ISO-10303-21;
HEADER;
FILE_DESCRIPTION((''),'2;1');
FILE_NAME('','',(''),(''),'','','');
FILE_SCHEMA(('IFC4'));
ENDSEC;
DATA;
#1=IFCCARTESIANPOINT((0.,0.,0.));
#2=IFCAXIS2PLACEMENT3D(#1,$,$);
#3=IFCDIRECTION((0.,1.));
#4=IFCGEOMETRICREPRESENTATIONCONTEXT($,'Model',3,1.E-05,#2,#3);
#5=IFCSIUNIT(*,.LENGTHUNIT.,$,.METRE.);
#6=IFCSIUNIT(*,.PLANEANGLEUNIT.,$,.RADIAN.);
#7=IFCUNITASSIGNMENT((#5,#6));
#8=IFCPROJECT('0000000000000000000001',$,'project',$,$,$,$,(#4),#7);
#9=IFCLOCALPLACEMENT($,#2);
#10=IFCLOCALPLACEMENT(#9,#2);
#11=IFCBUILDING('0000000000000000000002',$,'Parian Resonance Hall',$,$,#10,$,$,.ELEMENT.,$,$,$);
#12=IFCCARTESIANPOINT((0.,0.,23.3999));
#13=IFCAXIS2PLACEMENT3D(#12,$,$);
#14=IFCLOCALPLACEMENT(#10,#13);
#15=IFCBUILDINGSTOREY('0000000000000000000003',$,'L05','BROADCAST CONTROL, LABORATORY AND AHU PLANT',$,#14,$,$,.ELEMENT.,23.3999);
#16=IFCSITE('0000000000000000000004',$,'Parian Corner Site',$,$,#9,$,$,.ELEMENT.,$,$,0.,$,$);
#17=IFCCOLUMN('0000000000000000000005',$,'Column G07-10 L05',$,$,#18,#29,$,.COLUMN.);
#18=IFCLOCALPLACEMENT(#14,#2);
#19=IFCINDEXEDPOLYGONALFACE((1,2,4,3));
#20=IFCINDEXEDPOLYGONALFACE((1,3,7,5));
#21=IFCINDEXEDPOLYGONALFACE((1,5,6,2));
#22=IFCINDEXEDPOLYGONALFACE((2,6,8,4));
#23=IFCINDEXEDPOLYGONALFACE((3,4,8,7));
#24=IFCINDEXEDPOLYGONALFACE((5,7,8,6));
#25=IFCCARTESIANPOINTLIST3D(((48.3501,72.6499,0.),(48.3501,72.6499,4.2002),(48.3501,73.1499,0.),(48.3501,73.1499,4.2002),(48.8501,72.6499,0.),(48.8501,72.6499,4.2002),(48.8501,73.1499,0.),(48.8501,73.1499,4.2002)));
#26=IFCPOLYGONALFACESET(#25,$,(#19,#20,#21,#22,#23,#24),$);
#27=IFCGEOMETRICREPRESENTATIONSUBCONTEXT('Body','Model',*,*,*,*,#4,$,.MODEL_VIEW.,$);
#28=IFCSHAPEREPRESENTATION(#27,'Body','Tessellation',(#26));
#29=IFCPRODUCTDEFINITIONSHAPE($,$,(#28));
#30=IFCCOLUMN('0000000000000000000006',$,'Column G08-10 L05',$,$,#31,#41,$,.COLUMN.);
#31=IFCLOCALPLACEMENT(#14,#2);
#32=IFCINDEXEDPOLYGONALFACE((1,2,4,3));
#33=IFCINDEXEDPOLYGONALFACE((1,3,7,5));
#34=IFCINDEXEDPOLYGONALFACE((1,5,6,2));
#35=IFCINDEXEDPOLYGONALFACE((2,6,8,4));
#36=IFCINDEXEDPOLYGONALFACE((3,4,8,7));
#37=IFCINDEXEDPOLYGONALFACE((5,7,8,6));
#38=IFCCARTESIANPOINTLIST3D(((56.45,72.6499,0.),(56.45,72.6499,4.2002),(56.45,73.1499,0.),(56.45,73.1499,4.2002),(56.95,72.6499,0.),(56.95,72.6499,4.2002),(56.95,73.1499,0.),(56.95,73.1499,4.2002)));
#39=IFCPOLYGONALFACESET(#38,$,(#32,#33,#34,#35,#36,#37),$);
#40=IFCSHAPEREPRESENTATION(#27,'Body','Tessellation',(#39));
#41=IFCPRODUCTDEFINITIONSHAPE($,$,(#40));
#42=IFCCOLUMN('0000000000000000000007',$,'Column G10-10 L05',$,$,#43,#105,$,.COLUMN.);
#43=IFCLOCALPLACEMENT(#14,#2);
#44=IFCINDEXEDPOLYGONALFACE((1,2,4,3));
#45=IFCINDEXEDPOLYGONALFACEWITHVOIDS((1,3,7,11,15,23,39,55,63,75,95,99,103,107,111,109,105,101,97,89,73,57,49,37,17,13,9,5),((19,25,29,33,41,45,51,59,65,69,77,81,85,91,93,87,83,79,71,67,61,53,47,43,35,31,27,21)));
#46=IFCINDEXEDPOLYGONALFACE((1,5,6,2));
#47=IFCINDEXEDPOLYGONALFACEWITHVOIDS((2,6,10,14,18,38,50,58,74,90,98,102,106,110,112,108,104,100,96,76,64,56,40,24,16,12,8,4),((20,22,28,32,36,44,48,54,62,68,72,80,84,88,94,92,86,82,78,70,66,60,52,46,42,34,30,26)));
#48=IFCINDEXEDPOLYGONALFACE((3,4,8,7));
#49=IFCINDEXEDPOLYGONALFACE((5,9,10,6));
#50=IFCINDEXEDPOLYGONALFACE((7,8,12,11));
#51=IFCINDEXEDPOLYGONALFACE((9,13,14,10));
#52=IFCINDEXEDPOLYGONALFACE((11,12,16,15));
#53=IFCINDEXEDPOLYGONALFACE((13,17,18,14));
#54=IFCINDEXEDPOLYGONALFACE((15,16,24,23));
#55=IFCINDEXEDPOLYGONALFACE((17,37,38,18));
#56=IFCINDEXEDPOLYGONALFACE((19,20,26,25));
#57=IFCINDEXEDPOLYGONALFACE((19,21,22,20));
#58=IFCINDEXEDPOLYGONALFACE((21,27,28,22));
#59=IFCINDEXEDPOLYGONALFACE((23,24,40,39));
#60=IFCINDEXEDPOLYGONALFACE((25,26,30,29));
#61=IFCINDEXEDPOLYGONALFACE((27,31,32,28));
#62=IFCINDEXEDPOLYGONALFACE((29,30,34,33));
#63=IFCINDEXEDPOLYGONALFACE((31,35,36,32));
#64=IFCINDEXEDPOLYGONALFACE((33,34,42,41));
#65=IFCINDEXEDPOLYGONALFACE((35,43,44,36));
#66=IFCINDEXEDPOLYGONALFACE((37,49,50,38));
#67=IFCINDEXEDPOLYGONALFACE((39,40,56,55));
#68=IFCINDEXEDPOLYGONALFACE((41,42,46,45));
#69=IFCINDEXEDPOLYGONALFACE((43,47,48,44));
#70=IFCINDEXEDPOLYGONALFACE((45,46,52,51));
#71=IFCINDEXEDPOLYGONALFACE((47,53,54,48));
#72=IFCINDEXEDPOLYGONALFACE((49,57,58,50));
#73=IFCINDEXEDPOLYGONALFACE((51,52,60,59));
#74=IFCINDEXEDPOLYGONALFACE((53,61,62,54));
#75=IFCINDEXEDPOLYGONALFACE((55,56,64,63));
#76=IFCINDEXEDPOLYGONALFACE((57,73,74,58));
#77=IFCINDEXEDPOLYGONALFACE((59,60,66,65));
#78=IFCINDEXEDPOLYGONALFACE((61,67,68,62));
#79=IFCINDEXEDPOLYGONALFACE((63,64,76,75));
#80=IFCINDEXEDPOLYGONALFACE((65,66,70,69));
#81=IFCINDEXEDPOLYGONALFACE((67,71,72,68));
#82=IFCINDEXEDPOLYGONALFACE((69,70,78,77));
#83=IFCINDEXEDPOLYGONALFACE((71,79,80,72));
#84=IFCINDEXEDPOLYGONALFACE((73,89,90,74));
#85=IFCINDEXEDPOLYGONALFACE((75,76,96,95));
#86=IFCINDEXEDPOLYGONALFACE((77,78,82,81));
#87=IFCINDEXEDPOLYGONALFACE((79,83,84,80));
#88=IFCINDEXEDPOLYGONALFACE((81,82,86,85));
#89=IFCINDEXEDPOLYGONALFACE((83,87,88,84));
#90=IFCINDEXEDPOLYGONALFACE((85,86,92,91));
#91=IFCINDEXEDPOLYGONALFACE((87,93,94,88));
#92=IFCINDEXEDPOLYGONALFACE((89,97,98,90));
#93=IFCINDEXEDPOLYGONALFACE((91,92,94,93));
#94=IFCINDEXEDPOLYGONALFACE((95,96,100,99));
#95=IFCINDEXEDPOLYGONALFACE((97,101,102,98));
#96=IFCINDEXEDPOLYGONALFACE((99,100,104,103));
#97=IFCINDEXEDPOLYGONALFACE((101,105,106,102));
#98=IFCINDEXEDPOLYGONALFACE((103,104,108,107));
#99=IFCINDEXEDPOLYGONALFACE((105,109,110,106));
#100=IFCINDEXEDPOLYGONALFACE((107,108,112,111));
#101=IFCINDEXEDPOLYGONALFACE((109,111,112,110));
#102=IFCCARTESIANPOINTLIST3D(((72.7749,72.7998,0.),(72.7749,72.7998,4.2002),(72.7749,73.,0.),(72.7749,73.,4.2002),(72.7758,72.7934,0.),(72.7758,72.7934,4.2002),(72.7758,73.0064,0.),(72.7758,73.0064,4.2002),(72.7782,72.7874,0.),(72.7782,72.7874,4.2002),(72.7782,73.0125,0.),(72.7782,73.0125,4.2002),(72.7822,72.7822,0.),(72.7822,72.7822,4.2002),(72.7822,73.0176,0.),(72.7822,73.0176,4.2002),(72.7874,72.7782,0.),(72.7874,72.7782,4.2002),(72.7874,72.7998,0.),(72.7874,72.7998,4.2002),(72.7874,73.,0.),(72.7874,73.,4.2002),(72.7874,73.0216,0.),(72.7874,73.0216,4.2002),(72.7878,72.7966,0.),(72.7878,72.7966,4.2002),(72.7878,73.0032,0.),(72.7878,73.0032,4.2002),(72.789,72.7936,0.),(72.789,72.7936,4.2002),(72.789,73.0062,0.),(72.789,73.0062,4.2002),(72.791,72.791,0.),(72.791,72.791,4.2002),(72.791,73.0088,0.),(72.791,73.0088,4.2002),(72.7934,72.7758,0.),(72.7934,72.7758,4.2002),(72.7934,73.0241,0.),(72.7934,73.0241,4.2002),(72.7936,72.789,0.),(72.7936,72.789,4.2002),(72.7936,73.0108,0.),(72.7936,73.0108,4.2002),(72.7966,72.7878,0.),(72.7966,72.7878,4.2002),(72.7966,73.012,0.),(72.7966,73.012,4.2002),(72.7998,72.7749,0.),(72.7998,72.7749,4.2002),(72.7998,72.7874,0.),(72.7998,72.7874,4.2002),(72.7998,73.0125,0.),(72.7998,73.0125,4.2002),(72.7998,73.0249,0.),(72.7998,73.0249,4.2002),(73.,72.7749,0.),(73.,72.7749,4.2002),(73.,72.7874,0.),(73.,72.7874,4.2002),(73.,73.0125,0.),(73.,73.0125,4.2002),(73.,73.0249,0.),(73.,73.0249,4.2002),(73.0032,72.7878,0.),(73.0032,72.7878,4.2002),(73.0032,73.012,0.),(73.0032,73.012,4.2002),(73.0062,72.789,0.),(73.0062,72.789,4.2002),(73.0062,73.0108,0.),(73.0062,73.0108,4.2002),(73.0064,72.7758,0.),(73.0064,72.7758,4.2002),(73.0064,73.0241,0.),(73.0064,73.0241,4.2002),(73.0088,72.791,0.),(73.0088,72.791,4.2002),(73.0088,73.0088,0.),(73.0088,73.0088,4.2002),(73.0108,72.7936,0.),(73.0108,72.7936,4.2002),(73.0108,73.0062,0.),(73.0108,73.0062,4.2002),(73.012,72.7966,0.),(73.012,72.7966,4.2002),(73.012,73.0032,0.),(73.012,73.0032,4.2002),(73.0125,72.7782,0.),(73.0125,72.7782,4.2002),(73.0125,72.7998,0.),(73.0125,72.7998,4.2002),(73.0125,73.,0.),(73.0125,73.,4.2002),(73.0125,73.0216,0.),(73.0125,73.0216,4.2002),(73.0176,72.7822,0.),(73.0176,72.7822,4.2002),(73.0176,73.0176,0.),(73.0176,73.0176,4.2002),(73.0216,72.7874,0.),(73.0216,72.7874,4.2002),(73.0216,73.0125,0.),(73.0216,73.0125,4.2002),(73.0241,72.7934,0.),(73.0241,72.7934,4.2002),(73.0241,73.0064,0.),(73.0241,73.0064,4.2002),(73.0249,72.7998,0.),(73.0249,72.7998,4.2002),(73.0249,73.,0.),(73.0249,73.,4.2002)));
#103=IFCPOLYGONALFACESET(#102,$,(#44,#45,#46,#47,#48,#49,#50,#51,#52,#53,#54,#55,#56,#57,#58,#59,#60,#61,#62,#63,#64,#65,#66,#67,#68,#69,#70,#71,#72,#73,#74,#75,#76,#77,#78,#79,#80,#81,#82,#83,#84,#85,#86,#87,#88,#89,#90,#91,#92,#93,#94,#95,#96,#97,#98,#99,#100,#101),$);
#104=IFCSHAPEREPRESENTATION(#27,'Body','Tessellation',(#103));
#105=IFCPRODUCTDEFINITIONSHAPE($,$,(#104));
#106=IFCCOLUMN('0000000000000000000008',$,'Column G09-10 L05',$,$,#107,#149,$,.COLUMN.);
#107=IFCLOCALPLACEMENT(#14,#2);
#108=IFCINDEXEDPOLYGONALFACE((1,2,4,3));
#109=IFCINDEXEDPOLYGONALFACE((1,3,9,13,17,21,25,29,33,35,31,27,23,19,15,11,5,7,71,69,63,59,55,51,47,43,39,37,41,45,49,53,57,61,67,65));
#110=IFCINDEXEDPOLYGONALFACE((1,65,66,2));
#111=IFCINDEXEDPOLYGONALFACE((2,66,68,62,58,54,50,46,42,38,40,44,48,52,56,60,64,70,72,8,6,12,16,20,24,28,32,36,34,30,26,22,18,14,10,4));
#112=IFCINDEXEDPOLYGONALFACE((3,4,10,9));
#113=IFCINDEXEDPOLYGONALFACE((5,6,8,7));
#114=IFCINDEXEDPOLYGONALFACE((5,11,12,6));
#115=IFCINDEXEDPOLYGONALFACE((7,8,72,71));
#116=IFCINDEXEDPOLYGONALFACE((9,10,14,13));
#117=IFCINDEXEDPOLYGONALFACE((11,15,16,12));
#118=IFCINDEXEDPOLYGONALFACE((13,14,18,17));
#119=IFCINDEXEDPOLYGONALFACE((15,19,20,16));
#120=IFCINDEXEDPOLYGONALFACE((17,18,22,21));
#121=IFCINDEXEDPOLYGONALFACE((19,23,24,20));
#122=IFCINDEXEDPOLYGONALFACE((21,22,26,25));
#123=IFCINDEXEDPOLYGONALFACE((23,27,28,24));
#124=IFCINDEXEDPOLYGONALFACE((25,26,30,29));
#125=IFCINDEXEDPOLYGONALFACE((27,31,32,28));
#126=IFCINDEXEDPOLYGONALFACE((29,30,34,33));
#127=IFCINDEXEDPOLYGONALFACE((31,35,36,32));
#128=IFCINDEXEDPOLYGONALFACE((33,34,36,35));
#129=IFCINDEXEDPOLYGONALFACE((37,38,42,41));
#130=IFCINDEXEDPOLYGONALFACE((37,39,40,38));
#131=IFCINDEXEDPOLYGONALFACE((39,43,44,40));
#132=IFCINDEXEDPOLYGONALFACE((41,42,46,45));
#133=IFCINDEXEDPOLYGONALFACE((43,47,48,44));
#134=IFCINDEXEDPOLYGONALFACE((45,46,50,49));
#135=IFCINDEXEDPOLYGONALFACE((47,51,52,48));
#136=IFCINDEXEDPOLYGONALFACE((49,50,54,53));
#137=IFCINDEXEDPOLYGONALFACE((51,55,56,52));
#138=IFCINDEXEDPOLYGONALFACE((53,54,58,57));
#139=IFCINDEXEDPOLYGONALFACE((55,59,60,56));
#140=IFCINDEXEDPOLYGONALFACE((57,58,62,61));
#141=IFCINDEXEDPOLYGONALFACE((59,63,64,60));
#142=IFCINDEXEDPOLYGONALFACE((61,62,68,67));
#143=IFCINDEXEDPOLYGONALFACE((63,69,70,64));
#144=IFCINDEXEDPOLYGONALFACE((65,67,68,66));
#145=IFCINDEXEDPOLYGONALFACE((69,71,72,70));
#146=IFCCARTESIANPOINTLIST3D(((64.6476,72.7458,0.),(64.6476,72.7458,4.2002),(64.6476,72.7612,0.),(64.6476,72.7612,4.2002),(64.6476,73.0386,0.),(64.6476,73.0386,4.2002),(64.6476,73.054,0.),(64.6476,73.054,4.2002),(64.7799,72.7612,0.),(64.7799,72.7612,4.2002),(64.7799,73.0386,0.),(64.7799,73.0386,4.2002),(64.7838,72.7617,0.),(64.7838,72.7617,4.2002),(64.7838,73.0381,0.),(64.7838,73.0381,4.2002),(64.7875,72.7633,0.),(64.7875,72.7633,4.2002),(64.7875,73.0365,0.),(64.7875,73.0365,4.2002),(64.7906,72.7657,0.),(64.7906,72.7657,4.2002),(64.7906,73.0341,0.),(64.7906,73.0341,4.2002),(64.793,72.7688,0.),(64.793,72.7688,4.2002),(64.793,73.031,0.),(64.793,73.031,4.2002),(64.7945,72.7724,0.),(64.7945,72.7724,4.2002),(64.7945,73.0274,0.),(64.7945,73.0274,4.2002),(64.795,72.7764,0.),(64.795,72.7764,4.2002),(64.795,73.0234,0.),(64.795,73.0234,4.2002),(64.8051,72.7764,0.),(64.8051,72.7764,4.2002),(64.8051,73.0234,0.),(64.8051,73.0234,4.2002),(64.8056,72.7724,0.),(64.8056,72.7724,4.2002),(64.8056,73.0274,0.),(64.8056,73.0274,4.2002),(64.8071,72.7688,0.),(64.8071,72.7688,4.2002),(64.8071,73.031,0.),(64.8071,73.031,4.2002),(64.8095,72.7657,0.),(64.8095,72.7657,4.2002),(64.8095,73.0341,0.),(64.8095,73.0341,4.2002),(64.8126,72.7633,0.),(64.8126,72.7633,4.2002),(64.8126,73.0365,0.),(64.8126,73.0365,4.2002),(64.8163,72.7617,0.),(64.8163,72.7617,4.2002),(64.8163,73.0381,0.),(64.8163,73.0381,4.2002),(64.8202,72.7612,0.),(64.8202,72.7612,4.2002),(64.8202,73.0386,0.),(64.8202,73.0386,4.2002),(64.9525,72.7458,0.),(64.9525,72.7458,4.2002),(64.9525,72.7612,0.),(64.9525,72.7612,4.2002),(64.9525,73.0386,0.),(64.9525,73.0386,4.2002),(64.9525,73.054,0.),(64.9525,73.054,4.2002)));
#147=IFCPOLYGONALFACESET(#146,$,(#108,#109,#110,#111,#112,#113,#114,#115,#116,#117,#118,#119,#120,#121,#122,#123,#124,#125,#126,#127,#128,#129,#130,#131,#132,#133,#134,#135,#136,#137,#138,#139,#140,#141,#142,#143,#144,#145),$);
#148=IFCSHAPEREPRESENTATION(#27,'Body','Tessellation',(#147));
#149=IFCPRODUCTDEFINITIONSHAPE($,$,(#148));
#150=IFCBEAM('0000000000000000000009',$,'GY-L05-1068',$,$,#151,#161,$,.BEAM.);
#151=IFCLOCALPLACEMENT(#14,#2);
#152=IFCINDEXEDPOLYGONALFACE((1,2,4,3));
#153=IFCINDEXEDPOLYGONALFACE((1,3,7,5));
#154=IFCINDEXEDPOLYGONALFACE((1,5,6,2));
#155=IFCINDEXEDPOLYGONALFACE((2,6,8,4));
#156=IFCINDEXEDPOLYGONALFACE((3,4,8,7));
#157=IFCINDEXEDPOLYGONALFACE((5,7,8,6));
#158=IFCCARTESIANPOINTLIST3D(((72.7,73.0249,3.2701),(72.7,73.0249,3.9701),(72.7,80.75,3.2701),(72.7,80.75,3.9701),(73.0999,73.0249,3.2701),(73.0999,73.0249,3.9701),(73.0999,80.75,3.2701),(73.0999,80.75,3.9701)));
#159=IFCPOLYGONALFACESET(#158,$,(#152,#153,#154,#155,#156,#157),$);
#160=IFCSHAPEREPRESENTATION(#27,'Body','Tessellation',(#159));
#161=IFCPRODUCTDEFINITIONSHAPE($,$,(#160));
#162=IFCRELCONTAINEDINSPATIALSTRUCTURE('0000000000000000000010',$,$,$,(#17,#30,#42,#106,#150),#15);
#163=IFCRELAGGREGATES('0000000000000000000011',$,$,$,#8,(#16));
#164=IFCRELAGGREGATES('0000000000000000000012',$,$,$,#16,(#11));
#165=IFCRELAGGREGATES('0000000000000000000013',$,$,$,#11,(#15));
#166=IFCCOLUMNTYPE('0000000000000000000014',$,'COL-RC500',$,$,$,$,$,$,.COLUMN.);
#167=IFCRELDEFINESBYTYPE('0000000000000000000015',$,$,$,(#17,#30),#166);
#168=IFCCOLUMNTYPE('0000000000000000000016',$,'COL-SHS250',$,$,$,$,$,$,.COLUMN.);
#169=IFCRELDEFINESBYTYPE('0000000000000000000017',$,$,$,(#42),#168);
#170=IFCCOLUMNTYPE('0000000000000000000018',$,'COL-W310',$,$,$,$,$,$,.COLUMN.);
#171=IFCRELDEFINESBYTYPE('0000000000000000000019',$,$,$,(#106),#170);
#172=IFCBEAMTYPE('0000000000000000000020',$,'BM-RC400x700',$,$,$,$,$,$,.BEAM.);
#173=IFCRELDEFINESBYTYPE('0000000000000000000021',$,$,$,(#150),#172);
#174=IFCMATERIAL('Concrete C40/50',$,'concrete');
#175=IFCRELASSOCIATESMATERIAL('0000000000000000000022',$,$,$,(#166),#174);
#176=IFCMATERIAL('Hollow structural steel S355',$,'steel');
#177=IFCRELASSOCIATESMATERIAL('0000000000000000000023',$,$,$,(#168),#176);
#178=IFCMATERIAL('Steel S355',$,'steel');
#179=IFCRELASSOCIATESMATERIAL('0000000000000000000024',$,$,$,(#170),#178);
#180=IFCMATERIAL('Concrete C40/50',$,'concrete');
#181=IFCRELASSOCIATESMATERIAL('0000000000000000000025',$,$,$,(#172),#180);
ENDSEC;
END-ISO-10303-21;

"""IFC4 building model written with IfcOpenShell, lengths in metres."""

from ifc_helpers import new_model, si_unit, direction, frame, origin, origin_2d, place, context, subcontext, project, spatial, rectangle, hollow_rectangle, i_section, extrude, material, material_profile, profile_set, type_object, element, save


model = new_model("IFC4")

# Units and contexts
model_context = context("Model", 3, precision=1e-05, world=origin(), true_north=direction((0.0, 1.0)))
body_context = subcontext(model_context, "Body", "Model", "MODEL_VIEW")
ifc_project = project(units=[si_unit("LENGTHUNIT", "METRE"), si_unit("PLANEANGLEUNIT", "RADIAN")], contexts=[model_context])

# Site, building, storey
site_placement = place(None, origin())
site = spatial("IfcSite", under=ifc_project, at=site_placement, Name="Parian Corner Site", CompositionType="ELEMENT", RefElevation=0.0)
building_placement = place(site_placement, origin())
building = spatial("IfcBuilding", under=site, at=building_placement, Name="Parian Resonance Hall", CompositionType="ELEMENT")
storey_placement = place(building_placement, frame((0.0, 0.0, 23.3999)))
storey = spatial("IfcBuildingStorey", under=building, at=storey_placement, Name="L05", Description="BROADCAST CONTROL, LABORATORY AND AHU PLANT", CompositionType="ELEMENT", Elevation=23.3999)

# Columns
ifc_material_1 = material(Name="Concrete C40/50", Category="concrete")
ifc_material_profile_1 = material_profile(ifc_material_1, rectangle(XDim=0.5, YDim=0.5, at=origin_2d()), Name="RC-COL-500x500")
ifc_profile_set_1 = profile_set([ifc_material_profile_1], Name="Concrete C40/50")
column_type_1 = type_object("IfcColumnType", Name="COL-RC500", PredefinedType="COLUMN", material=ifc_profile_set_1)
for number, where, z_axis, x_axis, name in (
    (1, (48.6001, 72.8999, 0.0), (0.0, 0.0, 1.0), (1.0, 0.0, 0.0), "Column G07-10 L05"),
    (2, (56.7, 72.8999, 0.0), (0.0, 0.0, 1.0), (1.0, 0.0, 0.0), "Column G08-10 L05"),
):
    element("IfcColumn", number, at=place(storey_placement, frame(where, z_axis=z_axis, x_axis=x_axis)), inside=storey, type_object=column_type_1, Name=name, PredefinedType="COLUMN", context=body_context, shape_type="SweptSolid", body=[
        extrude(rectangle(XDim=0.5, YDim=0.5, at=origin_2d()), origin(), (0.0, 0.0, 1.0), 4.2002),
    ])
ifc_material_2 = material(Name="Hollow structural steel S355", Category="steel")
ifc_material_profile_2 = material_profile(ifc_material_2, hollow_rectangle(XDim=0.25, YDim=0.25, WallThickness=0.0125, InnerFilletRadius=0.0125, OuterFilletRadius=0.0249, at=origin_2d()), Name="SHS250x250x12.5")
ifc_profile_set_2 = profile_set([ifc_material_profile_2], Name="Hollow structural steel S355")
column_type_2 = type_object("IfcColumnType", Name="COL-SHS250", PredefinedType="COLUMN", material=ifc_profile_set_2)
column_1_placement = place(storey_placement, frame((72.8999, 72.8999, 0.0), z_axis=(0.0, 0.0, 1.0), x_axis=(1.0, 0.0, 0.0)))
element("IfcColumn", 3, at=column_1_placement, inside=storey, type_object=column_type_2, Name="Column G10-10 L05", PredefinedType="COLUMN", context=body_context, shape_type="SweptSolid", body=[
    extrude(hollow_rectangle(XDim=0.25, YDim=0.25, WallThickness=0.0125, InnerFilletRadius=0.0125, OuterFilletRadius=0.0249, at=origin_2d()), origin(), (0.0, 0.0, 1.0), 4.2002),
])
ifc_material_3 = material(Name="Steel S355", Category="steel")
ifc_material_profile_3 = material_profile(ifc_material_3, i_section(OverallWidth=0.3049, OverallDepth=0.3081, WebThickness=0.01, FlangeThickness=0.0154, FilletRadius=0.0151, at=origin_2d()), Name="W310x97")
ifc_profile_set_3 = profile_set([ifc_material_profile_3], Name="Steel S355")
column_type_3 = type_object("IfcColumnType", Name="COL-W310", PredefinedType="COLUMN", material=ifc_profile_set_3)
column_2_placement = place(storey_placement, frame((64.8, 72.8999, 0.0), z_axis=(0.0, 0.0, 1.0), x_axis=(1.0, 0.0, 0.0)))
element("IfcColumn", 4, at=column_2_placement, inside=storey, type_object=column_type_3, Name="Column G09-10 L05", PredefinedType="COLUMN", context=body_context, shape_type="SweptSolid", body=[
    extrude(i_section(OverallWidth=0.3049, OverallDepth=0.3081, WebThickness=0.01, FlangeThickness=0.0154, FilletRadius=0.0151, at=origin_2d()), origin(), (0.0, 0.0, 1.0), 4.2002),
])

# Beam
ifc_material_4 = material(Name="Concrete C40/50", Category="concrete")
ifc_material_profile_4 = material_profile(ifc_material_4, rectangle(XDim=0.3999, YDim=0.7, at=origin_2d()), Name="RC-BM-400x700")
ifc_profile_set_4 = profile_set([ifc_material_profile_4], Name="Concrete C40/50")
beam_type_1 = type_object("IfcBeamType", Name="BM-RC400x700", PredefinedType="BEAM", material=ifc_profile_set_4)
beam_1_placement = place(storey_placement, frame((72.8999, 73.0249, 3.6201), z_axis=(0.0, 1.0, 0.0), x_axis=(-1.0, 0.0, 0.0)))
element("IfcBeam", 5, at=beam_1_placement, inside=storey, type_object=beam_type_1, Name="GY-L05-1068", PredefinedType="BEAM", context=body_context, shape_type="SweptSolid", body=[
    extrude(rectangle(XDim=0.3999, YDim=0.7, at=origin_2d()), origin(), (0.0, 0.0, 1.0), 7.7251),
])

save(model, "model.ifc")
